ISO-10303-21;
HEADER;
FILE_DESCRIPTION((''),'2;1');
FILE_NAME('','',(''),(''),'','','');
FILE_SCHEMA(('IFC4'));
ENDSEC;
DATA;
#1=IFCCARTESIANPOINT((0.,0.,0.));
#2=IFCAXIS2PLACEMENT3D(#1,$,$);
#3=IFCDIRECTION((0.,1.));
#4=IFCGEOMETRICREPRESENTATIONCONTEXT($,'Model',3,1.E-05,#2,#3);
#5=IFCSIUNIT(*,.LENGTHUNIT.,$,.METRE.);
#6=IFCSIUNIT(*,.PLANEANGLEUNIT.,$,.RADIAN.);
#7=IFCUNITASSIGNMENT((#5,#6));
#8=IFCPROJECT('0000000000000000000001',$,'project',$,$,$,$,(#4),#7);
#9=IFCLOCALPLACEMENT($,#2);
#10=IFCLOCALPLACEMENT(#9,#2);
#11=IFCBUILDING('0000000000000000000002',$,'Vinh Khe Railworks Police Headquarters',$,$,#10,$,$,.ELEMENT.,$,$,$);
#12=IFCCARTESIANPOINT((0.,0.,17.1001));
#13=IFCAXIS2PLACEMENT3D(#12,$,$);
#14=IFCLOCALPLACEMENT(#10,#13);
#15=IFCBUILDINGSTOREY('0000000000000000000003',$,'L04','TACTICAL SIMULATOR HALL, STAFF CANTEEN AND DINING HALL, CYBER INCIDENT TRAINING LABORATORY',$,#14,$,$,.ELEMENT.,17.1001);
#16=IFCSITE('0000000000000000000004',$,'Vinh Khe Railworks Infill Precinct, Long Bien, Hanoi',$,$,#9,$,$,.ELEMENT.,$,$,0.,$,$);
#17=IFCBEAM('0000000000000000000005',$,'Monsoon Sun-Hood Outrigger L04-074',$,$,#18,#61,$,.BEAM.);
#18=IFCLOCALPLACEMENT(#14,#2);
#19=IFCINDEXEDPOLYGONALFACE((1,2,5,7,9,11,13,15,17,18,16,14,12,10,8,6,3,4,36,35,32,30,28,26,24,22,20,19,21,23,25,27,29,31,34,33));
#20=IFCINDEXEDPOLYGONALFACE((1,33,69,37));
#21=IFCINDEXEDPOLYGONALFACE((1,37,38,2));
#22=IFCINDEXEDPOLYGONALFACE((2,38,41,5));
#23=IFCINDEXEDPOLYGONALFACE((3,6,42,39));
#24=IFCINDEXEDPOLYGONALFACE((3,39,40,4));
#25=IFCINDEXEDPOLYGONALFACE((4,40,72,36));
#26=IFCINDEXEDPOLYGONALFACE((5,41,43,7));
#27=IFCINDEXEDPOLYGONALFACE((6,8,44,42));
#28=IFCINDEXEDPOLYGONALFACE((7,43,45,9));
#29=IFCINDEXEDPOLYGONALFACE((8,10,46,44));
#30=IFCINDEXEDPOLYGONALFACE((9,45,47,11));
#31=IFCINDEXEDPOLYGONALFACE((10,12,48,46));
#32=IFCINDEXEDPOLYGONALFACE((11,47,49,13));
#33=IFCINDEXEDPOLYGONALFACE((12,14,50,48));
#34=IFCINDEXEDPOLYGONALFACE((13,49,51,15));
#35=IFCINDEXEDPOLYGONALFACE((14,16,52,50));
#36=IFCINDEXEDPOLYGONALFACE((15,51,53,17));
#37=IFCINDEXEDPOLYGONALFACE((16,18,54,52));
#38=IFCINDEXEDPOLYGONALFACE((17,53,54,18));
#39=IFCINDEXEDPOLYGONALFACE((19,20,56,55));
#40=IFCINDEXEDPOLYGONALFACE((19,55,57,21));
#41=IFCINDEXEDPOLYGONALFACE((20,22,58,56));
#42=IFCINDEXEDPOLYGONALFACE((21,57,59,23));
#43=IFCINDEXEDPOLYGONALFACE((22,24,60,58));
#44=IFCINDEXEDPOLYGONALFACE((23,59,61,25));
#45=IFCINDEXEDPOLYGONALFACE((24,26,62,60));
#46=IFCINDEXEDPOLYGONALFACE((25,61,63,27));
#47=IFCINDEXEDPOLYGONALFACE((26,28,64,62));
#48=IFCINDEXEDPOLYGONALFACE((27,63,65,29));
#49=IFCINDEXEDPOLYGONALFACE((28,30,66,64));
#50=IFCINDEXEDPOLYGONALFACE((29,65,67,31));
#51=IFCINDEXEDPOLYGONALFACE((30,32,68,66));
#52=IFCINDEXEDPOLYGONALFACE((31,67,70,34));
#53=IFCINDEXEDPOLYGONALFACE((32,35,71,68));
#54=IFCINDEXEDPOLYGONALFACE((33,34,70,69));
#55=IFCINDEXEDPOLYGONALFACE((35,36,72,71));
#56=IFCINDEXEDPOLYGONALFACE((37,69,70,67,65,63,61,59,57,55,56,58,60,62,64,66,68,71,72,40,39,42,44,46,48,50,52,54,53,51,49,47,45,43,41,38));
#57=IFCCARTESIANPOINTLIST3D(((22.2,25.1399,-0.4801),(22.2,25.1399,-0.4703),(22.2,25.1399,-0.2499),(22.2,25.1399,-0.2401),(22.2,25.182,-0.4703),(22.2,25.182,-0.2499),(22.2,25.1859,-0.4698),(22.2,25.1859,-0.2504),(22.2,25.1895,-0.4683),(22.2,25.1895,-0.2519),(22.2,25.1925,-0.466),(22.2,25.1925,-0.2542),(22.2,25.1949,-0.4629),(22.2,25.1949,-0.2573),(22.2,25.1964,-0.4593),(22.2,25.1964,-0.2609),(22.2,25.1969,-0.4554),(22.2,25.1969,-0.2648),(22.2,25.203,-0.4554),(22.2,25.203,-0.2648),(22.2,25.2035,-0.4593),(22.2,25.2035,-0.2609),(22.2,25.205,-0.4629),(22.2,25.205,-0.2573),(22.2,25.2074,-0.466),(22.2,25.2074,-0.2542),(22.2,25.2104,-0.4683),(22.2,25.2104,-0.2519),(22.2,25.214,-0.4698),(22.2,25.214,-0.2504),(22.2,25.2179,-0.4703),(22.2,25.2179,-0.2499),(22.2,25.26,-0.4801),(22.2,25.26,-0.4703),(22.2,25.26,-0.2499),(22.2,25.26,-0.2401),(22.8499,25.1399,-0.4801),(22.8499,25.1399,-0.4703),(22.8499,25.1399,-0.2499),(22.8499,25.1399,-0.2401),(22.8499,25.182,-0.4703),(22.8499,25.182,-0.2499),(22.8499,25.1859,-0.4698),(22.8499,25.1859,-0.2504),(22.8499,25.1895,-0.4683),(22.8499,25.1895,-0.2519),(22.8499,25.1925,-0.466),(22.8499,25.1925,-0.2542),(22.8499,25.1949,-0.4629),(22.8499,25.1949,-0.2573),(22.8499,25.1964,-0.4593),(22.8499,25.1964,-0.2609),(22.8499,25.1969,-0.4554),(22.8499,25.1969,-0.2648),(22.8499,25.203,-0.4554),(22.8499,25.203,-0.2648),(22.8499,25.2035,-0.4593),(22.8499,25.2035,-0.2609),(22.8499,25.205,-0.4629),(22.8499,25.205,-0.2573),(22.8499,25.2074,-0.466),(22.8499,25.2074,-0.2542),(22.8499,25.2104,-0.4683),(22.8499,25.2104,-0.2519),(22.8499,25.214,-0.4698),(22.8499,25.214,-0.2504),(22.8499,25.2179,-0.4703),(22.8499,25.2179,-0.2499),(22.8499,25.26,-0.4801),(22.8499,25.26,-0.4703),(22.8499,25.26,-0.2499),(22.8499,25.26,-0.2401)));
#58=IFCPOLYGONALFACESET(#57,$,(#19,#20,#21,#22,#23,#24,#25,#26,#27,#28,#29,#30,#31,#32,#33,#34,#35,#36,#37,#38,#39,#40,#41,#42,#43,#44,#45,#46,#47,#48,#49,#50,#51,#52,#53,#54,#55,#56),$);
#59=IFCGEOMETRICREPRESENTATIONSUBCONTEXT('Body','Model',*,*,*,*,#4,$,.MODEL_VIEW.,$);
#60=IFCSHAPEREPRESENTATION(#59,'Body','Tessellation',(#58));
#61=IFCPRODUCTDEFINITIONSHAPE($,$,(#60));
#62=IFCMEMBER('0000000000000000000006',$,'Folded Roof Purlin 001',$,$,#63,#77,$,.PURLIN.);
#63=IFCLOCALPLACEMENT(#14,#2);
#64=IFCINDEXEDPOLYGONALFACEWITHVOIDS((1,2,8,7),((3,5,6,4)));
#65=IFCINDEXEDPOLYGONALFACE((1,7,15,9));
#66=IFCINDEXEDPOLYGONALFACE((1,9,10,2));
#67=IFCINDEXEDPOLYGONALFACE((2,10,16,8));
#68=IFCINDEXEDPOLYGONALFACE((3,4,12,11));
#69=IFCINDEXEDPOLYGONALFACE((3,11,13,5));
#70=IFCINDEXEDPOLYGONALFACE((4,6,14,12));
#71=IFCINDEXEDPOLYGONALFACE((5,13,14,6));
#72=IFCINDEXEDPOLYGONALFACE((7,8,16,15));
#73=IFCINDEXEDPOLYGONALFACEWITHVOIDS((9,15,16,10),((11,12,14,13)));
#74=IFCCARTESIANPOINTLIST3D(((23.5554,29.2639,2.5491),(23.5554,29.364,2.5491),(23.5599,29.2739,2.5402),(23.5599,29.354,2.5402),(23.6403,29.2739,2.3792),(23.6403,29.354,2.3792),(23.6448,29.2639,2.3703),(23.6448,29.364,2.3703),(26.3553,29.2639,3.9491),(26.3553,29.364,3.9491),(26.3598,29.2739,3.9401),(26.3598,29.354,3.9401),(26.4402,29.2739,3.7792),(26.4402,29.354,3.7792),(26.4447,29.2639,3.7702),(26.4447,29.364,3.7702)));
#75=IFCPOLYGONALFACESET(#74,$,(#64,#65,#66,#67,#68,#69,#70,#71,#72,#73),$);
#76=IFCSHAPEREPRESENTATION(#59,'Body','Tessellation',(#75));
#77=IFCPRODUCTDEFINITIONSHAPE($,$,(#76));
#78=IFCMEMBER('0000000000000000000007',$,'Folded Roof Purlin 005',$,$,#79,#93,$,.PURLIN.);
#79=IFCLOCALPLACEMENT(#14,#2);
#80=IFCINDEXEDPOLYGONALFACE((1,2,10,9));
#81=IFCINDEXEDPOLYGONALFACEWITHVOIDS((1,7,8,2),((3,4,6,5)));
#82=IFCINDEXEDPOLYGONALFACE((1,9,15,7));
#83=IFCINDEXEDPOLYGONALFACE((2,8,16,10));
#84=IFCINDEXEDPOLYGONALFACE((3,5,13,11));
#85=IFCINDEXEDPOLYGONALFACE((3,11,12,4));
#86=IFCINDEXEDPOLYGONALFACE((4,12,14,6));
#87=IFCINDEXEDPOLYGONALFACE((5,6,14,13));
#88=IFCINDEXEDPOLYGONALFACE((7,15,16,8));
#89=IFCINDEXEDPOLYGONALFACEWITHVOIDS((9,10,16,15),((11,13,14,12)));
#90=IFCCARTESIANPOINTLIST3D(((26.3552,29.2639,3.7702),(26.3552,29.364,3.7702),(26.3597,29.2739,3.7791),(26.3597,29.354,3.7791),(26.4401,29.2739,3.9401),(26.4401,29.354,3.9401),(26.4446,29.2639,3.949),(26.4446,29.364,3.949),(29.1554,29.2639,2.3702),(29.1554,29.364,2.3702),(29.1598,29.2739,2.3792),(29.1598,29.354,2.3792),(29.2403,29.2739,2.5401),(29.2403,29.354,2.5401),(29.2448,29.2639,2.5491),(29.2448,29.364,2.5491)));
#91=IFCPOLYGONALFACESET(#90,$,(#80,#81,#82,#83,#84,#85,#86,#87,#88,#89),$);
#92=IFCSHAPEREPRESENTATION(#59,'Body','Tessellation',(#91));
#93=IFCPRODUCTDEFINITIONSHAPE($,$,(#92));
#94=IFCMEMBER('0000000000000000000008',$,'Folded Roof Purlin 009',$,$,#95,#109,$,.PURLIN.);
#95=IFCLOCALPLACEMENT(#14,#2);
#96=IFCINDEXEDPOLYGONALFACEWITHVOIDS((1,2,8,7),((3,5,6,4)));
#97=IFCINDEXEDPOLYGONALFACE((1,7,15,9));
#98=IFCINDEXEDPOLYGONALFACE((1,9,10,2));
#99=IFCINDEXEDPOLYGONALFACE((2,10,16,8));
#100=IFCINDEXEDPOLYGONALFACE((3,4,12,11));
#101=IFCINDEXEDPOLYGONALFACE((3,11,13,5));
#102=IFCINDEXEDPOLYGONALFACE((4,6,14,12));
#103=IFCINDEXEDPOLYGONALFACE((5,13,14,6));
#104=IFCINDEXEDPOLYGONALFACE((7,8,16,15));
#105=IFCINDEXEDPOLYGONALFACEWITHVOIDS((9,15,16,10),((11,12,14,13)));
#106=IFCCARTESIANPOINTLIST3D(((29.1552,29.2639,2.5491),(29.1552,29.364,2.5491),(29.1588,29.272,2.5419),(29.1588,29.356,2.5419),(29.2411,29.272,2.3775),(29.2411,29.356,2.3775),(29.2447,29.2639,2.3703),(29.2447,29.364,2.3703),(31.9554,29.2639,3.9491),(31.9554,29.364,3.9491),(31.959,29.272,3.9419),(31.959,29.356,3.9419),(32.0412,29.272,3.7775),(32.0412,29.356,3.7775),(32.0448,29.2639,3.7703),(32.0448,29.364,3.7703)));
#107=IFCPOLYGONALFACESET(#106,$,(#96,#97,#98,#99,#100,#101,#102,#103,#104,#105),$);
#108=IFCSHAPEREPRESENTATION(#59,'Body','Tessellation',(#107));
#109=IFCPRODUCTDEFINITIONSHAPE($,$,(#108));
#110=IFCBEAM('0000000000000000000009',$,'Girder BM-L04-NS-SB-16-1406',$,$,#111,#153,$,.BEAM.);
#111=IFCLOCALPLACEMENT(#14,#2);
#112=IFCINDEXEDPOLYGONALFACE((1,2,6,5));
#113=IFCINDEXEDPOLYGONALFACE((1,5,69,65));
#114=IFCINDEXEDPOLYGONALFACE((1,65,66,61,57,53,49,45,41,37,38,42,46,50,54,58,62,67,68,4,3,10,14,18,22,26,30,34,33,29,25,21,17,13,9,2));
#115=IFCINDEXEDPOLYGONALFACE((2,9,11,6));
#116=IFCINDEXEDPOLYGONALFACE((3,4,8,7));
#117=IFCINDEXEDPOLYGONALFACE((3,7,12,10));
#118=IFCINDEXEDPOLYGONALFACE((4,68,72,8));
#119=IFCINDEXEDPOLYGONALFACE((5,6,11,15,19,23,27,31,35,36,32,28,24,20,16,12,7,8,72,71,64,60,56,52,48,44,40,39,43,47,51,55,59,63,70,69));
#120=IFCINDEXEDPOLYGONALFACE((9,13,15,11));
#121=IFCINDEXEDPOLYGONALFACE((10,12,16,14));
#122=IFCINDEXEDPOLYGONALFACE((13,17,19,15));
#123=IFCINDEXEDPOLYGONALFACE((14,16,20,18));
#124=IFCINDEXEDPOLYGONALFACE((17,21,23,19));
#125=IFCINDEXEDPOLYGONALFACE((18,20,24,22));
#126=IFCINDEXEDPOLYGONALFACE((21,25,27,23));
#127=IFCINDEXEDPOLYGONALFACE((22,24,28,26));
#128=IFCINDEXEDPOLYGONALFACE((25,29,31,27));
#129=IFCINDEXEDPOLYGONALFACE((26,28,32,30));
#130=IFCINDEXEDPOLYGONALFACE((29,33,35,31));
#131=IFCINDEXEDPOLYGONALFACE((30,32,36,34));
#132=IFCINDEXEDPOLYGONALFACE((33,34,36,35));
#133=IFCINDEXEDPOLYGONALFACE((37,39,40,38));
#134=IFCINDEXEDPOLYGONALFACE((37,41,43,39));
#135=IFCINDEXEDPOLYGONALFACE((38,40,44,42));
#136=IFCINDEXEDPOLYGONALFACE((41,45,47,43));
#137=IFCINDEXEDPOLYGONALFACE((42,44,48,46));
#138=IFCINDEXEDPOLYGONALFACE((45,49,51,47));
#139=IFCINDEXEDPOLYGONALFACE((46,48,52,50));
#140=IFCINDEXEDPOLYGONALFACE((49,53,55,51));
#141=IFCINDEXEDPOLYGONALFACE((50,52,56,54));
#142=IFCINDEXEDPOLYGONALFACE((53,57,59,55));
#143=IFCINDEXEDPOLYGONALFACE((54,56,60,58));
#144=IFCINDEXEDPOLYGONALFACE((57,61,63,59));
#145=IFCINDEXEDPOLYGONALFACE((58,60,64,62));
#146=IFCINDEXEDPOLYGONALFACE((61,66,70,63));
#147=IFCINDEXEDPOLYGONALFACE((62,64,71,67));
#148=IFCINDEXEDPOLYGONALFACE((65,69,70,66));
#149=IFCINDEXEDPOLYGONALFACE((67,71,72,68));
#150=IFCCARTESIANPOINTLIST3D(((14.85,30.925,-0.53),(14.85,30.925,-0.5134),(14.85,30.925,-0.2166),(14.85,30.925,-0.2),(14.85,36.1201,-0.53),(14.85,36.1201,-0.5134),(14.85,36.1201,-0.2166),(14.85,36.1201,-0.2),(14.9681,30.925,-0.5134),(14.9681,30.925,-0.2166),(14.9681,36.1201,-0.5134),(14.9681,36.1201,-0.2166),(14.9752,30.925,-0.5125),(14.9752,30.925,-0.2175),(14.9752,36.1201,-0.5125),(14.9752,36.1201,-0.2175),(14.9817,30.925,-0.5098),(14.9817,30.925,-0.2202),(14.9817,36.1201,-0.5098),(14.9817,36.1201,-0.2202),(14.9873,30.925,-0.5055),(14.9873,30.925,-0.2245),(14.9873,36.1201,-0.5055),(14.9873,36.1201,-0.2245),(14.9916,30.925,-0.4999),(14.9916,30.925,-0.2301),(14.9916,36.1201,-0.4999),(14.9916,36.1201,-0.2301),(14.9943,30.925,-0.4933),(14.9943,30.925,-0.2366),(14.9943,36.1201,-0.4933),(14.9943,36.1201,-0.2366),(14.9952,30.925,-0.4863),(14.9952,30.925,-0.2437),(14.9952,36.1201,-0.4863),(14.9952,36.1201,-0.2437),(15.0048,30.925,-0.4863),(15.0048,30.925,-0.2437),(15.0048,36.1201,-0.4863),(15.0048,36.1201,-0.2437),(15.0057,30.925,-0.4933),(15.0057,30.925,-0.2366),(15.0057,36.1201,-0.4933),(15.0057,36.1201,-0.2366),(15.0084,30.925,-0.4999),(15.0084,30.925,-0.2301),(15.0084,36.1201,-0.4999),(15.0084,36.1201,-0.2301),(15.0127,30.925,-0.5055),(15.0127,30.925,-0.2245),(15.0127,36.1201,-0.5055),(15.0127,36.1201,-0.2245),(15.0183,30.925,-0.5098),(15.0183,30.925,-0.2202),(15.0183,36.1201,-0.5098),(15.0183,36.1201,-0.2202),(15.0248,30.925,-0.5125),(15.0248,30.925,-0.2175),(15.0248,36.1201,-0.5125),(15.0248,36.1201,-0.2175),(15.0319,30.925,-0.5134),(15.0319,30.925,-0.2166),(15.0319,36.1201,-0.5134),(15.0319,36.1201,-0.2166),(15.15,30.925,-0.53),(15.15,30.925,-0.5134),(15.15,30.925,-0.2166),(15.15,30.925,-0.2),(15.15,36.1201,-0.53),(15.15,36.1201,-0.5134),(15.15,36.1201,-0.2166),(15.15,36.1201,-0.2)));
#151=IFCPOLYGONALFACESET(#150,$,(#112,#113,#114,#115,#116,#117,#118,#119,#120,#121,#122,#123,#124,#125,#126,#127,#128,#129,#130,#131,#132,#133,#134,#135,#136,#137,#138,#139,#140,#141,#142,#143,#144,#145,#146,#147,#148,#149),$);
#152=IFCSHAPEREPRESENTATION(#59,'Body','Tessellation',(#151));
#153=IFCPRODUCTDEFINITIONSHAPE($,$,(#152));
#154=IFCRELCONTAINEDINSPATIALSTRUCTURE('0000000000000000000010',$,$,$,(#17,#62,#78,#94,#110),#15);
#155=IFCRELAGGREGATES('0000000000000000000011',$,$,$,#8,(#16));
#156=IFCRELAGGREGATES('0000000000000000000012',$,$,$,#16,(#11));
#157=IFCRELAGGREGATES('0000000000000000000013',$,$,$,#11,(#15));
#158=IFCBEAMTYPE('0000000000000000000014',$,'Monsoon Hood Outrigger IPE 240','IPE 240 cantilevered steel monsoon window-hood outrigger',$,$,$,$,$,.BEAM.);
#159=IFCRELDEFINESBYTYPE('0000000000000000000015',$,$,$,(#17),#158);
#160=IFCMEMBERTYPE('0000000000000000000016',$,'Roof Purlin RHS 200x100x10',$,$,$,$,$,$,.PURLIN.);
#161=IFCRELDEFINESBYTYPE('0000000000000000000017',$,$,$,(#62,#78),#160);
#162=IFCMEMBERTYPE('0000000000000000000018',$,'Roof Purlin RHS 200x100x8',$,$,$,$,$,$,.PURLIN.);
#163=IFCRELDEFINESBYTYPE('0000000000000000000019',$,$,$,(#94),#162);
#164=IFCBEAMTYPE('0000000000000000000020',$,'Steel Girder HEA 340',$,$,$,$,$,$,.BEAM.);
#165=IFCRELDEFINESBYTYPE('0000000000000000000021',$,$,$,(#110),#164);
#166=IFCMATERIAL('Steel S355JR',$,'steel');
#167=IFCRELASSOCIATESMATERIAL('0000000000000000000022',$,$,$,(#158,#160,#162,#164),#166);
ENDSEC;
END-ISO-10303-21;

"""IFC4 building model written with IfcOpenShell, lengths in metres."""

from ifc_helpers import new_model, si_unit, direction, frame, origin, origin_2d, place, context, subcontext, project, spatial, hollow_rectangle, i_section, extrude, material, material_profile, profile_set, type_object, element, save


model = new_model("IFC4")

# Units and contexts
model_context = context("Model", 3, precision=1e-05, world=origin(), true_north=direction((0.0, 1.0)))
body_context = subcontext(model_context, "Body", "Model", "MODEL_VIEW")
ifc_project = project(units=[si_unit("LENGTHUNIT", "METRE"), si_unit("PLANEANGLEUNIT", "RADIAN")], contexts=[model_context])

# Site, building, storey
site_placement = place(None, origin())
site = spatial("IfcSite", under=ifc_project, at=site_placement, Name="Vinh Khe Railworks Infill Precinct, Long Bien, Hanoi", CompositionType="ELEMENT", RefElevation=0.0)
building_placement = place(site_placement, origin())
building = spatial("IfcBuilding", under=site, at=building_placement, Name="Vinh Khe Railworks Police Headquarters", CompositionType="ELEMENT")
storey_placement = place(building_placement, frame((0.0, 0.0, 17.1001)))
storey = spatial("IfcBuildingStorey", under=building, at=storey_placement, Name="L04", Description="TACTICAL SIMULATOR HALL, STAFF CANTEEN AND DINING HALL, CYBER INCIDENT TRAINING LABORATORY", CompositionType="ELEMENT", Elevation=17.1001)

# Shared definitions
ifc_material_1 = material(Name="Steel S355JR", Category="steel")

# Beam
ifc_material_profile_1 = material_profile(ifc_material_1, i_section(OverallWidth=0.1201, OverallDepth=0.24, WebThickness=0.0061, FlangeThickness=0.0098, FilletRadius=0.0149, at=origin_2d()), Name="IPE 240")
ifc_profile_set_1 = profile_set([ifc_material_profile_1], Name="Steel S355JR")
beam_type_1 = type_object("IfcBeamType", Name="Monsoon Hood Outrigger IPE 240", Description="IPE 240 cantilevered steel monsoon window-hood outrigger", PredefinedType="BEAM", material=ifc_profile_set_1)
beam_1_placement = place(storey_placement, frame((22.2, 25.2, -0.3601), z_axis=(1.0, 0.0, 0.0), x_axis=(0.0, 1.0, 0.0)))
element("IfcBeam", 1, at=beam_1_placement, inside=storey, type_object=beam_type_1, Name="Monsoon Sun-Hood Outrigger L04-074", PredefinedType="BEAM", context=body_context, shape_type="SweptSolid", body=[
    extrude(i_section(OverallWidth=0.1201, OverallDepth=0.24, WebThickness=0.0061, FlangeThickness=0.0098, FilletRadius=0.0149, at=origin_2d()), origin(), (0.0, 0.0, 1.0), 0.6499),
])

# Members
ifc_material_profile_2 = material_profile(ifc_material_1, hollow_rectangle(XDim=0.1001, YDim=0.2, WallThickness=0.01, at=origin_2d()), Name="RHS 200x100x10")
ifc_profile_set_2 = profile_set([ifc_material_profile_2], Name="Steel S355JR")
member_type_1 = type_object("IfcMemberType", Name="Roof Purlin RHS 200x100x10", PredefinedType="PURLIN", material=ifc_profile_set_2)
member_1_placement = place(storey_placement, frame((23.6001, 29.314, 2.4597), z_axis=(0.894427, 0.0, 0.447214), x_axis=(0.0, 1.0, 0.0)))
element("IfcMember", 2, at=member_1_placement, inside=storey, type_object=member_type_1, Name="Folded Roof Purlin 001", PredefinedType="PURLIN", context=body_context, shape_type="SweptSolid", body=[
    extrude(hollow_rectangle(XDim=0.1001, YDim=0.2, WallThickness=0.01, at=origin_2d()), origin(), (0.0, 0.0, 1.0), 3.1304),
])
member_2_placement = place(storey_placement, frame((26.3999, 29.314, 3.8596), z_axis=(0.894443, 0.0, -0.447182), x_axis=(0.0, 1.0, 0.0)))
element("IfcMember", 3, at=member_2_placement, inside=storey, type_object=member_type_1, Name="Folded Roof Purlin 005", PredefinedType="PURLIN", context=body_context, shape_type="SweptSolid", body=[
    extrude(hollow_rectangle(XDim=0.1001, YDim=0.2, WallThickness=0.01, at=origin_2d()), origin(), (0.0, 0.0, 1.0), 3.1306),
])
ifc_material_profile_3 = material_profile(ifc_material_1, hollow_rectangle(XDim=0.1001, YDim=0.2, WallThickness=0.0081, at=origin_2d()), Name="RHS 200x100x8")
ifc_profile_set_3 = profile_set([ifc_material_profile_3], Name="Steel S355JR")
member_type_2 = type_object("IfcMemberType", Name="Roof Purlin RHS 200x100x8", PredefinedType="PURLIN", material=ifc_profile_set_3)
member_3_placement = place(storey_placement, frame((29.2, 29.314, 2.4597), z_axis=(0.894443, 0.0, 0.447182), x_axis=(0.0, 1.0, 0.0)))
element("IfcMember", 4, at=member_3_placement, inside=storey, type_object=member_type_2, Name="Folded Roof Purlin 009", PredefinedType="PURLIN", context=body_context, shape_type="SweptSolid", body=[
    extrude(hollow_rectangle(XDim=0.1001, YDim=0.2, WallThickness=0.0081, at=origin_2d()), origin(), (0.0, 0.0, 1.0), 3.1306),
])

# Beam
ifc_material_profile_4 = material_profile(ifc_material_1, i_section(OverallWidth=0.3, OverallDepth=0.3301, WebThickness=0.0095, FlangeThickness=0.0166, FilletRadius=0.0271, at=origin_2d()), Name="HEA 340")
ifc_profile_set_4 = profile_set([ifc_material_profile_4], Name="Steel S355JR")
beam_type_2 = type_object("IfcBeamType", Name="Steel Girder HEA 340", PredefinedType="BEAM", material=ifc_profile_set_4)
beam_2_placement = place(storey_placement, frame((15.0, 30.925, -0.365), z_axis=(0.0, 1.0, 0.0), x_axis=(-1.0, 0.0, 0.0)))
element("IfcBeam", 5, at=beam_2_placement, inside=storey, type_object=beam_type_2, Name="Girder BM-L04-NS-SB-16-1406", PredefinedType="BEAM", context=body_context, shape_type="SweptSolid", body=[
    extrude(i_section(OverallWidth=0.3, OverallDepth=0.3301, WebThickness=0.0095, FlangeThickness=0.0166, FilletRadius=0.0271, at=origin_2d()), origin(), (0.0, 0.0, 1.0), 5.1951),
])

save(model, "model.ifc")
